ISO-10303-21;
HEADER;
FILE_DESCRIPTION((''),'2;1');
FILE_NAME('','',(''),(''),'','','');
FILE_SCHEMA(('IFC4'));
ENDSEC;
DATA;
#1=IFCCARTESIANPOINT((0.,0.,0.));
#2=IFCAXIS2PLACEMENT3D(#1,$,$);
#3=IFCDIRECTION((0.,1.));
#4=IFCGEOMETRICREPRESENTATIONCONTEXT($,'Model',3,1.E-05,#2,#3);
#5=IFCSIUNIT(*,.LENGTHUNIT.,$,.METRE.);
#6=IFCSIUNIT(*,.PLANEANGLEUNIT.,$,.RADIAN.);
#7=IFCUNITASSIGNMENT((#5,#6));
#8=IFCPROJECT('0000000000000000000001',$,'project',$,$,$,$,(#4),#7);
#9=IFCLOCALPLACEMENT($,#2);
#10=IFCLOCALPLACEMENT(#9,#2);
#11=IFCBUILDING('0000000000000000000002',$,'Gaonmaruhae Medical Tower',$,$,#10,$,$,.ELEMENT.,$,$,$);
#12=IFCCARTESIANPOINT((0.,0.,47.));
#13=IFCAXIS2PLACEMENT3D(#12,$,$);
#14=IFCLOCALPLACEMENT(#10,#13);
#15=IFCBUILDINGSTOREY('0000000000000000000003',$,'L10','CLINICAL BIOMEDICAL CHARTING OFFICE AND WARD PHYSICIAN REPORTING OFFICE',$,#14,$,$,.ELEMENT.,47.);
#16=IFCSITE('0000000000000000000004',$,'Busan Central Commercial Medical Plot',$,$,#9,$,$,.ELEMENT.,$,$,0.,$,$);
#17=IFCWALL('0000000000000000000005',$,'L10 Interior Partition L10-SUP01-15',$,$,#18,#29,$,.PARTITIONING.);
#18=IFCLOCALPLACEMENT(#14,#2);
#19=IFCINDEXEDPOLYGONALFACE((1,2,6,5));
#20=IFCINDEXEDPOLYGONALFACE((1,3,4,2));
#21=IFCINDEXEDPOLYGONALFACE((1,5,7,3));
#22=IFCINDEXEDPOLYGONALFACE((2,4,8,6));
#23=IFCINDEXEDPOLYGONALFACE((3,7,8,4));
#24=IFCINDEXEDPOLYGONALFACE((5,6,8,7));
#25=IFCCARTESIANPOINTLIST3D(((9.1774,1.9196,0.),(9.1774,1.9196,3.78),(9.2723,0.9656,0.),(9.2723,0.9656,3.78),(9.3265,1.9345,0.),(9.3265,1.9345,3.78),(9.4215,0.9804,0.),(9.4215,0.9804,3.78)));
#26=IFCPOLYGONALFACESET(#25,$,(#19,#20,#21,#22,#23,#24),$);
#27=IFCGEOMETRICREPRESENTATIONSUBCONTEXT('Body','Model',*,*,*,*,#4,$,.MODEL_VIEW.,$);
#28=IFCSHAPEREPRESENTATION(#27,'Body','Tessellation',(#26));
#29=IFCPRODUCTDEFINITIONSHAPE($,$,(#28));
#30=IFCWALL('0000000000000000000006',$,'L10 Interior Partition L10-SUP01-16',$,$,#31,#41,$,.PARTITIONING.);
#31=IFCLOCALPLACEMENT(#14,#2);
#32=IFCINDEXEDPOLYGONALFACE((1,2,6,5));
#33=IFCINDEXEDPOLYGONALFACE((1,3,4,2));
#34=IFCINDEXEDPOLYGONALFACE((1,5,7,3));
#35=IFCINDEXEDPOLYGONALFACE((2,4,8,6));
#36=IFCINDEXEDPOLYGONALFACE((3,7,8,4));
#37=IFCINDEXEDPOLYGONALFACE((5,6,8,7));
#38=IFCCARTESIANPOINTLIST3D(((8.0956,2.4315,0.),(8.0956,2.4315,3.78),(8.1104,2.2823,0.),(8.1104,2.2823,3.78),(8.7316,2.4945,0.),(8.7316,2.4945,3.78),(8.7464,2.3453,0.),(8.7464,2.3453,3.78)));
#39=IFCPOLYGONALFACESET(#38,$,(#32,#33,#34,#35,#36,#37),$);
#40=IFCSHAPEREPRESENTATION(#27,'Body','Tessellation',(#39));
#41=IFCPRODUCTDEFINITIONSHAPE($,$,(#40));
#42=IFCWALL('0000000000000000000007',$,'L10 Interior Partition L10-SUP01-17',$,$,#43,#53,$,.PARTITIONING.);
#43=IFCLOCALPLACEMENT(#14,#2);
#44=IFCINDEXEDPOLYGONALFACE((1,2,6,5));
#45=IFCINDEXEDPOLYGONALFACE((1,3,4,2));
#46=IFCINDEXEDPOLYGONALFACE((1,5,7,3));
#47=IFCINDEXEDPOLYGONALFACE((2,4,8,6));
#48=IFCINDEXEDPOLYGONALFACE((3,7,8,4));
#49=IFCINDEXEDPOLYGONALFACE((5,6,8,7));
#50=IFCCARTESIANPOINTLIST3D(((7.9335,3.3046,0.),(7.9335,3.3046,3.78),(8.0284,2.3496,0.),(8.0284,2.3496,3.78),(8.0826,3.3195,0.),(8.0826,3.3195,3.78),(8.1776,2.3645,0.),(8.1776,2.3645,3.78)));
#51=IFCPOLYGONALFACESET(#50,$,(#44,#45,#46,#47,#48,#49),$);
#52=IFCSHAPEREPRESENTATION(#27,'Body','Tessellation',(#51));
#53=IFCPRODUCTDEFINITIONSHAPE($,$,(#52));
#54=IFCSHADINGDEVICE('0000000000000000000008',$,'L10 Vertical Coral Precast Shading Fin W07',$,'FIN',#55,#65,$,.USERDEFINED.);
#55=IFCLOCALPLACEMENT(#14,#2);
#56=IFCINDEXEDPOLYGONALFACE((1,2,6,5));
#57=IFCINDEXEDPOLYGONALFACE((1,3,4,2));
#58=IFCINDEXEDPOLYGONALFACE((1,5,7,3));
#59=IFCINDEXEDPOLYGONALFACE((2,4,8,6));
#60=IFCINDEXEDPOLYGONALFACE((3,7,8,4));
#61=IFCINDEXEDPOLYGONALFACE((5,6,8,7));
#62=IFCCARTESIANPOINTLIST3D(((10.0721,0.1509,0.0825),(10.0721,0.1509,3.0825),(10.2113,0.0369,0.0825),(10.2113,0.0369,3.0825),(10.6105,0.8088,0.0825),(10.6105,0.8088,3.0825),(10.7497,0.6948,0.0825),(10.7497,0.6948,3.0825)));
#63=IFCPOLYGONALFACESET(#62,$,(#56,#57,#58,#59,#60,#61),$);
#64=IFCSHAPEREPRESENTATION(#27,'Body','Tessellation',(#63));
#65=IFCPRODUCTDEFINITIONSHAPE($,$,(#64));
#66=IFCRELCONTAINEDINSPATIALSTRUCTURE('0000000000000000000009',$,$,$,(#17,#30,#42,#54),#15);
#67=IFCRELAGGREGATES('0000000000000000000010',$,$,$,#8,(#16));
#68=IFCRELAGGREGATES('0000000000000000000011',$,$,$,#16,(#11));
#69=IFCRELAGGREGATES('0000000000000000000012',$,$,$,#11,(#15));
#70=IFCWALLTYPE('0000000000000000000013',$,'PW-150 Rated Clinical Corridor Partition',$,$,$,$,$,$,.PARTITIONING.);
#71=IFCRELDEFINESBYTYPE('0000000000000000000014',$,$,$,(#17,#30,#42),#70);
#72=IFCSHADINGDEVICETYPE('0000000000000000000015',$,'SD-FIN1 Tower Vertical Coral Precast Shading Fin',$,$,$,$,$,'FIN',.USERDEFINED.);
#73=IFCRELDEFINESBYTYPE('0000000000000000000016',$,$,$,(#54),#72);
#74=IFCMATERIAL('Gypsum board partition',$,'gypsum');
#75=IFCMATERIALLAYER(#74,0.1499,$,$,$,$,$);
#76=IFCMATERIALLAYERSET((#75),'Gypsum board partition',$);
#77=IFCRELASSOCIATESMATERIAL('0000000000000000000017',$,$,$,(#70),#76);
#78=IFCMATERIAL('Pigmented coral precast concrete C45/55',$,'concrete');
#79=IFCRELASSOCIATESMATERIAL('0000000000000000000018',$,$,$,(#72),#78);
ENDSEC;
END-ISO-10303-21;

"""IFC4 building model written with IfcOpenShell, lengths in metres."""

from ifc_helpers import new_model, si_unit, direction, frame, frame_2d, origin, origin_2d, place, context, subcontext, project, spatial, rectangle, extrude, material, layer, layer_set, type_object, element, save


model = new_model("IFC4")

# Units and contexts
model_context = context("Model", 3, precision=1e-05, world=origin(), true_north=direction((0.0, 1.0)))
body_context = subcontext(model_context, "Body", "Model", "MODEL_VIEW")
ifc_project = project(units=[si_unit("LENGTHUNIT", "METRE"), si_unit("PLANEANGLEUNIT", "RADIAN")], contexts=[model_context])

# Site, building, storey
site_placement = place(None, origin())
site = spatial("IfcSite", under=ifc_project, at=site_placement, Name="Busan Central Commercial Medical Plot", CompositionType="ELEMENT", RefElevation=0.0)
building_placement = place(site_placement, origin())
building = spatial("IfcBuilding", under=site, at=building_placement, Name="Gaonmaruhae Medical Tower", CompositionType="ELEMENT")
storey_placement = place(building_placement, frame((0.0, 0.0, 47.0)))
storey = spatial("IfcBuildingStorey", under=building, at=storey_placement, Name="L10", Description="CLINICAL BIOMEDICAL CHARTING OFFICE AND WARD PHYSICIAN REPORTING OFFICE", CompositionType="ELEMENT", Elevation=47.0)

# Walls
ifc_material_1 = material(Name="Gypsum board partition", Category="gypsum")
ifc_layer_1 = layer(ifc_material_1, 0.1499)
ifc_layer_set_1 = layer_set([ifc_layer_1], Name="Gypsum board partition")
wall_type_1 = type_object("IfcWallType", Name="PW-150 Rated Clinical Corridor Partition", PredefinedType="PARTITIONING", material=ifc_layer_set_1)
for number, where, z_axis, x_axis, name in (
    (1, (9.3469, 0.9729, 0.0), (0.0, 0.0, 1.0), (-0.09905, 0.995082, 0.0), "L10 Interior Partition L10-SUP01-15"),
):
    element("IfcWall", number, at=place(storey_placement, frame(where, z_axis=z_axis, x_axis=x_axis)), inside=storey, type_object=wall_type_1, Name=name, PredefinedType="PARTITIONING", context=body_context, shape_type="SweptSolid", body=[
        extrude(rectangle(XDim=0.9587, YDim=0.1499, at=frame_2d((0.4795, 0.0))), origin(), (0.0, 0.0, 1.0), 3.78),
    ])
wall_1_placement = place(storey_placement, frame((8.739, 2.4199, 0.0), z_axis=(0.0, 0.0, 1.0), x_axis=(-0.995131, -0.098558, 0.0)))
element("IfcWall", 2, at=wall_1_placement, inside=storey, type_object=wall_type_1, Name="L10 Interior Partition L10-SUP01-16", PredefinedType="PARTITIONING", context=body_context, shape_type="SweptSolid", body=[
    extrude(rectangle(XDim=0.6392, YDim=0.1499, at=frame_2d((0.3196, 0.0))), origin(), (0.0, 0.0, 1.0), 3.78),
])
wall_2_placement = place(storey_placement, frame((8.103, 2.3569, 0.0), z_axis=(0.0, 0.0, 1.0), x_axis=(-0.09895, 0.995092, 0.0)))
element("IfcWall", 3, at=wall_2_placement, inside=storey, type_object=wall_type_1, Name="L10 Interior Partition L10-SUP01-17", PredefinedType="PARTITIONING", context=body_context, shape_type="SweptSolid", body=[
    extrude(rectangle(XDim=0.9597, YDim=0.1499, at=frame_2d((0.48, 0.0))), origin(), (0.0, 0.0, 1.0), 3.78),
])

# Shading device
ifc_material_2 = material(Name="Pigmented coral precast concrete C45/55", Category="concrete")
shading_device_type = type_object("IfcShadingDeviceType", Name="SD-FIN1 Tower Vertical Coral Precast Shading Fin", ElementType="FIN", PredefinedType="USERDEFINED", material=ifc_material_2)
shading_device_placement = place(storey_placement, frame((10.4109, 0.4229, 0.0825), z_axis=(0.0, 0.0, 1.0), x_axis=(-0.773851, 0.633367, 0.0)))
element("IfcShadingDevice", 4, at=shading_device_placement, inside=storey, type_object=shading_device_type, Name="L10 Vertical Coral Precast Shading Fin W07", ObjectType="FIN", PredefinedType="USERDEFINED", context=body_context, shape_type="SweptSolid", body=[
    extrude(rectangle(XDim=0.1799, YDim=0.8501, at=origin_2d()), origin(), (0.0, 0.0, 1.0), 3.0),
])

save(model, "model.ifc")
